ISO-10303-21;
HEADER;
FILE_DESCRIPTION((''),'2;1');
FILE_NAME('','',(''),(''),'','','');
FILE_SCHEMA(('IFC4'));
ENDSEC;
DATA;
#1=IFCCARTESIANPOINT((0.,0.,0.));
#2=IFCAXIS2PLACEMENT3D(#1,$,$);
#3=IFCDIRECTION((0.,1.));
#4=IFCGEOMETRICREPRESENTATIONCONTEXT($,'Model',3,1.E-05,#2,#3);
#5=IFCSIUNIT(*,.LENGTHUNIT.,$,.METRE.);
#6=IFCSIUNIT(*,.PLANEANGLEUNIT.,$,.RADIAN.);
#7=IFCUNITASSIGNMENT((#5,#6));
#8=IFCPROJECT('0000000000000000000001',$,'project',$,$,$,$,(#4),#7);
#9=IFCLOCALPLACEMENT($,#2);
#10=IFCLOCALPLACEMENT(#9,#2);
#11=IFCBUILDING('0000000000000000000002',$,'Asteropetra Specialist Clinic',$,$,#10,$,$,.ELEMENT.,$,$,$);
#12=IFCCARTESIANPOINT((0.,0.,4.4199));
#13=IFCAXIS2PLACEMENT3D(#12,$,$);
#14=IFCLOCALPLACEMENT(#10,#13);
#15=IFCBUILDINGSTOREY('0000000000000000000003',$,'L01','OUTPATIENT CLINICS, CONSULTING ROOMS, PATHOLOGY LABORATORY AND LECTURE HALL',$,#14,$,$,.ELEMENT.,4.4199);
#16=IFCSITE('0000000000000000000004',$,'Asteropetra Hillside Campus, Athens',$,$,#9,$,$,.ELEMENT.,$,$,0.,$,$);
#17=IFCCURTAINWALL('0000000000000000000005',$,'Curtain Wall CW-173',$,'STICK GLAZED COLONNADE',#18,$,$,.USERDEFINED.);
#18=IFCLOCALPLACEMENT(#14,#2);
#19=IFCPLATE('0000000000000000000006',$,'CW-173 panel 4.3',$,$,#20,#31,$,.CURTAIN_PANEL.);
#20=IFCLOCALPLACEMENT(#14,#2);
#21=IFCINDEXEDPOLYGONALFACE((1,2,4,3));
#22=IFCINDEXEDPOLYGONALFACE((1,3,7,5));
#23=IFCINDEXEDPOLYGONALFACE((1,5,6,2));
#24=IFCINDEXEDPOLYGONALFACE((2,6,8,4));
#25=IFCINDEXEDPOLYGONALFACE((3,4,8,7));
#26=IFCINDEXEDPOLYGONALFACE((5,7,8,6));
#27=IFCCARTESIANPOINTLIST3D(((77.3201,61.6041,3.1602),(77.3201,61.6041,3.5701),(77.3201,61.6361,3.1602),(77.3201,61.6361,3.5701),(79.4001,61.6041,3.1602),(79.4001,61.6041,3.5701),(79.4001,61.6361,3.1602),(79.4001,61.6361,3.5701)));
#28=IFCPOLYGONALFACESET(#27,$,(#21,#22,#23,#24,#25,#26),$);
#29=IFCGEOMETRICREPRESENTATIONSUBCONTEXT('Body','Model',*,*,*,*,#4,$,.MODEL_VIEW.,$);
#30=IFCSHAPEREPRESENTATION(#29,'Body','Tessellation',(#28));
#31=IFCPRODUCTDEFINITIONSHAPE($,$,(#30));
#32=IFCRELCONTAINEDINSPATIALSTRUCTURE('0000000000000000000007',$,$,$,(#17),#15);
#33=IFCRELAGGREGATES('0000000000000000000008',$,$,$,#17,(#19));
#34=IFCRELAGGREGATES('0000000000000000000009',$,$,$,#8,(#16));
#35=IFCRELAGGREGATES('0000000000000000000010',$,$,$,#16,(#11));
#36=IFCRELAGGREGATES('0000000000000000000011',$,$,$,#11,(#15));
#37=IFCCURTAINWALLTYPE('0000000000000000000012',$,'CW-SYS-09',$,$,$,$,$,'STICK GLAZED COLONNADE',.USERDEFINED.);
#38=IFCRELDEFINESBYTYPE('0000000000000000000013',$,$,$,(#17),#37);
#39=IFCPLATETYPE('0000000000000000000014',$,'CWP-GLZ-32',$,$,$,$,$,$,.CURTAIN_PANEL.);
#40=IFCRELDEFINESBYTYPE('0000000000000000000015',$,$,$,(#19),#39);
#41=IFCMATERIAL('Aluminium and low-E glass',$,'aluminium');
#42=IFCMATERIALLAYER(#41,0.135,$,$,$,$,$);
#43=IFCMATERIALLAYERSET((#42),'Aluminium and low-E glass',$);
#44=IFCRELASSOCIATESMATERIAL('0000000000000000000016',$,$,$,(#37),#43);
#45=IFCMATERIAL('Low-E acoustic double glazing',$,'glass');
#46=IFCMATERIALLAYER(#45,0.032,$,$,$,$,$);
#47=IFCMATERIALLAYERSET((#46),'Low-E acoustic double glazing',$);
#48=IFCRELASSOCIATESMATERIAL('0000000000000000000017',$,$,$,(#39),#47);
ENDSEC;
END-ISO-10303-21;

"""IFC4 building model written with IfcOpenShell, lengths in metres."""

from ifc_helpers import new_model, si_unit, direction, frame, origin, origin_2d, place, context, subcontext, project, spatial, rectangle, extrude, material, layer, layer_set, type_object, element, aggregate, save


model = new_model("IFC4")

# Units and contexts
model_context = context("Model", 3, precision=1e-05, world=origin(), true_north=direction((0.0, 1.0)))
body_context = subcontext(model_context, "Body", "Model", "MODEL_VIEW")
ifc_project = project(units=[si_unit("LENGTHUNIT", "METRE"), si_unit("PLANEANGLEUNIT", "RADIAN")], contexts=[model_context])

# Site, building, storey
site_placement = place(None, origin())
site = spatial("IfcSite", under=ifc_project, at=site_placement, Name="Asteropetra Hillside Campus, Athens", CompositionType="ELEMENT", RefElevation=0.0)
building_placement = place(site_placement, origin())
building = spatial("IfcBuilding", under=site, at=building_placement, Name="Asteropetra Specialist Clinic", CompositionType="ELEMENT")
storey_placement = place(building_placement, frame((0.0, 0.0, 4.4199)))
storey = spatial("IfcBuildingStorey", under=building, at=storey_placement, Name="L01", Description="OUTPATIENT CLINICS, CONSULTING ROOMS, PATHOLOGY LABORATORY AND LECTURE HALL", CompositionType="ELEMENT", Elevation=4.4199)

# Curtain wall
ifc_material_1 = material(Name="Aluminium and low-E glass", Category="aluminium")
ifc_layer_1 = layer(ifc_material_1, 0.135)
ifc_layer_set_1 = layer_set([ifc_layer_1], Name="Aluminium and low-E glass")
curtain_wall_type = type_object("IfcCurtainWallType", Name="CW-SYS-09", ElementType="STICK GLAZED COLONNADE", PredefinedType="USERDEFINED", material=ifc_layer_set_1)
curtain_wall_placement = place(storey_placement, origin())
curtain_wall = element("IfcCurtainWall", 1, at=curtain_wall_placement, inside=storey, type_object=curtain_wall_type, Name="Curtain Wall CW-173", ObjectType="STICK GLAZED COLONNADE", PredefinedType="USERDEFINED")

# Plate
ifc_material_2 = material(Name="Low-E acoustic double glazing", Category="glass")
ifc_layer_2 = layer(ifc_material_2, 0.032)
ifc_layer_set_2 = layer_set([ifc_layer_2], Name="Low-E acoustic double glazing")
plate_type = type_object("IfcPlateType", Name="CWP-GLZ-32", PredefinedType="CURTAIN_PANEL", material=ifc_layer_set_2)
plate_1_placement = place(storey_placement, frame((78.3601, 61.6201, 3.1602), z_axis=(0.0, 0.0, 1.0), x_axis=(-1.0, 0.0, 0.0)))
plate_1 = element("IfcPlate", 2, at=plate_1_placement, type_object=plate_type, Name="CW-173 panel 4.3", PredefinedType="CURTAIN_PANEL", context=body_context, shape_type="SweptSolid", body=[
    extrude(rectangle(XDim=2.0801, YDim=0.032, at=origin_2d()), origin(), (0.0, 0.0, 1.0), 0.4099),
])
aggregate(curtain_wall, [plate_1])

save(model, "model.ifc")
